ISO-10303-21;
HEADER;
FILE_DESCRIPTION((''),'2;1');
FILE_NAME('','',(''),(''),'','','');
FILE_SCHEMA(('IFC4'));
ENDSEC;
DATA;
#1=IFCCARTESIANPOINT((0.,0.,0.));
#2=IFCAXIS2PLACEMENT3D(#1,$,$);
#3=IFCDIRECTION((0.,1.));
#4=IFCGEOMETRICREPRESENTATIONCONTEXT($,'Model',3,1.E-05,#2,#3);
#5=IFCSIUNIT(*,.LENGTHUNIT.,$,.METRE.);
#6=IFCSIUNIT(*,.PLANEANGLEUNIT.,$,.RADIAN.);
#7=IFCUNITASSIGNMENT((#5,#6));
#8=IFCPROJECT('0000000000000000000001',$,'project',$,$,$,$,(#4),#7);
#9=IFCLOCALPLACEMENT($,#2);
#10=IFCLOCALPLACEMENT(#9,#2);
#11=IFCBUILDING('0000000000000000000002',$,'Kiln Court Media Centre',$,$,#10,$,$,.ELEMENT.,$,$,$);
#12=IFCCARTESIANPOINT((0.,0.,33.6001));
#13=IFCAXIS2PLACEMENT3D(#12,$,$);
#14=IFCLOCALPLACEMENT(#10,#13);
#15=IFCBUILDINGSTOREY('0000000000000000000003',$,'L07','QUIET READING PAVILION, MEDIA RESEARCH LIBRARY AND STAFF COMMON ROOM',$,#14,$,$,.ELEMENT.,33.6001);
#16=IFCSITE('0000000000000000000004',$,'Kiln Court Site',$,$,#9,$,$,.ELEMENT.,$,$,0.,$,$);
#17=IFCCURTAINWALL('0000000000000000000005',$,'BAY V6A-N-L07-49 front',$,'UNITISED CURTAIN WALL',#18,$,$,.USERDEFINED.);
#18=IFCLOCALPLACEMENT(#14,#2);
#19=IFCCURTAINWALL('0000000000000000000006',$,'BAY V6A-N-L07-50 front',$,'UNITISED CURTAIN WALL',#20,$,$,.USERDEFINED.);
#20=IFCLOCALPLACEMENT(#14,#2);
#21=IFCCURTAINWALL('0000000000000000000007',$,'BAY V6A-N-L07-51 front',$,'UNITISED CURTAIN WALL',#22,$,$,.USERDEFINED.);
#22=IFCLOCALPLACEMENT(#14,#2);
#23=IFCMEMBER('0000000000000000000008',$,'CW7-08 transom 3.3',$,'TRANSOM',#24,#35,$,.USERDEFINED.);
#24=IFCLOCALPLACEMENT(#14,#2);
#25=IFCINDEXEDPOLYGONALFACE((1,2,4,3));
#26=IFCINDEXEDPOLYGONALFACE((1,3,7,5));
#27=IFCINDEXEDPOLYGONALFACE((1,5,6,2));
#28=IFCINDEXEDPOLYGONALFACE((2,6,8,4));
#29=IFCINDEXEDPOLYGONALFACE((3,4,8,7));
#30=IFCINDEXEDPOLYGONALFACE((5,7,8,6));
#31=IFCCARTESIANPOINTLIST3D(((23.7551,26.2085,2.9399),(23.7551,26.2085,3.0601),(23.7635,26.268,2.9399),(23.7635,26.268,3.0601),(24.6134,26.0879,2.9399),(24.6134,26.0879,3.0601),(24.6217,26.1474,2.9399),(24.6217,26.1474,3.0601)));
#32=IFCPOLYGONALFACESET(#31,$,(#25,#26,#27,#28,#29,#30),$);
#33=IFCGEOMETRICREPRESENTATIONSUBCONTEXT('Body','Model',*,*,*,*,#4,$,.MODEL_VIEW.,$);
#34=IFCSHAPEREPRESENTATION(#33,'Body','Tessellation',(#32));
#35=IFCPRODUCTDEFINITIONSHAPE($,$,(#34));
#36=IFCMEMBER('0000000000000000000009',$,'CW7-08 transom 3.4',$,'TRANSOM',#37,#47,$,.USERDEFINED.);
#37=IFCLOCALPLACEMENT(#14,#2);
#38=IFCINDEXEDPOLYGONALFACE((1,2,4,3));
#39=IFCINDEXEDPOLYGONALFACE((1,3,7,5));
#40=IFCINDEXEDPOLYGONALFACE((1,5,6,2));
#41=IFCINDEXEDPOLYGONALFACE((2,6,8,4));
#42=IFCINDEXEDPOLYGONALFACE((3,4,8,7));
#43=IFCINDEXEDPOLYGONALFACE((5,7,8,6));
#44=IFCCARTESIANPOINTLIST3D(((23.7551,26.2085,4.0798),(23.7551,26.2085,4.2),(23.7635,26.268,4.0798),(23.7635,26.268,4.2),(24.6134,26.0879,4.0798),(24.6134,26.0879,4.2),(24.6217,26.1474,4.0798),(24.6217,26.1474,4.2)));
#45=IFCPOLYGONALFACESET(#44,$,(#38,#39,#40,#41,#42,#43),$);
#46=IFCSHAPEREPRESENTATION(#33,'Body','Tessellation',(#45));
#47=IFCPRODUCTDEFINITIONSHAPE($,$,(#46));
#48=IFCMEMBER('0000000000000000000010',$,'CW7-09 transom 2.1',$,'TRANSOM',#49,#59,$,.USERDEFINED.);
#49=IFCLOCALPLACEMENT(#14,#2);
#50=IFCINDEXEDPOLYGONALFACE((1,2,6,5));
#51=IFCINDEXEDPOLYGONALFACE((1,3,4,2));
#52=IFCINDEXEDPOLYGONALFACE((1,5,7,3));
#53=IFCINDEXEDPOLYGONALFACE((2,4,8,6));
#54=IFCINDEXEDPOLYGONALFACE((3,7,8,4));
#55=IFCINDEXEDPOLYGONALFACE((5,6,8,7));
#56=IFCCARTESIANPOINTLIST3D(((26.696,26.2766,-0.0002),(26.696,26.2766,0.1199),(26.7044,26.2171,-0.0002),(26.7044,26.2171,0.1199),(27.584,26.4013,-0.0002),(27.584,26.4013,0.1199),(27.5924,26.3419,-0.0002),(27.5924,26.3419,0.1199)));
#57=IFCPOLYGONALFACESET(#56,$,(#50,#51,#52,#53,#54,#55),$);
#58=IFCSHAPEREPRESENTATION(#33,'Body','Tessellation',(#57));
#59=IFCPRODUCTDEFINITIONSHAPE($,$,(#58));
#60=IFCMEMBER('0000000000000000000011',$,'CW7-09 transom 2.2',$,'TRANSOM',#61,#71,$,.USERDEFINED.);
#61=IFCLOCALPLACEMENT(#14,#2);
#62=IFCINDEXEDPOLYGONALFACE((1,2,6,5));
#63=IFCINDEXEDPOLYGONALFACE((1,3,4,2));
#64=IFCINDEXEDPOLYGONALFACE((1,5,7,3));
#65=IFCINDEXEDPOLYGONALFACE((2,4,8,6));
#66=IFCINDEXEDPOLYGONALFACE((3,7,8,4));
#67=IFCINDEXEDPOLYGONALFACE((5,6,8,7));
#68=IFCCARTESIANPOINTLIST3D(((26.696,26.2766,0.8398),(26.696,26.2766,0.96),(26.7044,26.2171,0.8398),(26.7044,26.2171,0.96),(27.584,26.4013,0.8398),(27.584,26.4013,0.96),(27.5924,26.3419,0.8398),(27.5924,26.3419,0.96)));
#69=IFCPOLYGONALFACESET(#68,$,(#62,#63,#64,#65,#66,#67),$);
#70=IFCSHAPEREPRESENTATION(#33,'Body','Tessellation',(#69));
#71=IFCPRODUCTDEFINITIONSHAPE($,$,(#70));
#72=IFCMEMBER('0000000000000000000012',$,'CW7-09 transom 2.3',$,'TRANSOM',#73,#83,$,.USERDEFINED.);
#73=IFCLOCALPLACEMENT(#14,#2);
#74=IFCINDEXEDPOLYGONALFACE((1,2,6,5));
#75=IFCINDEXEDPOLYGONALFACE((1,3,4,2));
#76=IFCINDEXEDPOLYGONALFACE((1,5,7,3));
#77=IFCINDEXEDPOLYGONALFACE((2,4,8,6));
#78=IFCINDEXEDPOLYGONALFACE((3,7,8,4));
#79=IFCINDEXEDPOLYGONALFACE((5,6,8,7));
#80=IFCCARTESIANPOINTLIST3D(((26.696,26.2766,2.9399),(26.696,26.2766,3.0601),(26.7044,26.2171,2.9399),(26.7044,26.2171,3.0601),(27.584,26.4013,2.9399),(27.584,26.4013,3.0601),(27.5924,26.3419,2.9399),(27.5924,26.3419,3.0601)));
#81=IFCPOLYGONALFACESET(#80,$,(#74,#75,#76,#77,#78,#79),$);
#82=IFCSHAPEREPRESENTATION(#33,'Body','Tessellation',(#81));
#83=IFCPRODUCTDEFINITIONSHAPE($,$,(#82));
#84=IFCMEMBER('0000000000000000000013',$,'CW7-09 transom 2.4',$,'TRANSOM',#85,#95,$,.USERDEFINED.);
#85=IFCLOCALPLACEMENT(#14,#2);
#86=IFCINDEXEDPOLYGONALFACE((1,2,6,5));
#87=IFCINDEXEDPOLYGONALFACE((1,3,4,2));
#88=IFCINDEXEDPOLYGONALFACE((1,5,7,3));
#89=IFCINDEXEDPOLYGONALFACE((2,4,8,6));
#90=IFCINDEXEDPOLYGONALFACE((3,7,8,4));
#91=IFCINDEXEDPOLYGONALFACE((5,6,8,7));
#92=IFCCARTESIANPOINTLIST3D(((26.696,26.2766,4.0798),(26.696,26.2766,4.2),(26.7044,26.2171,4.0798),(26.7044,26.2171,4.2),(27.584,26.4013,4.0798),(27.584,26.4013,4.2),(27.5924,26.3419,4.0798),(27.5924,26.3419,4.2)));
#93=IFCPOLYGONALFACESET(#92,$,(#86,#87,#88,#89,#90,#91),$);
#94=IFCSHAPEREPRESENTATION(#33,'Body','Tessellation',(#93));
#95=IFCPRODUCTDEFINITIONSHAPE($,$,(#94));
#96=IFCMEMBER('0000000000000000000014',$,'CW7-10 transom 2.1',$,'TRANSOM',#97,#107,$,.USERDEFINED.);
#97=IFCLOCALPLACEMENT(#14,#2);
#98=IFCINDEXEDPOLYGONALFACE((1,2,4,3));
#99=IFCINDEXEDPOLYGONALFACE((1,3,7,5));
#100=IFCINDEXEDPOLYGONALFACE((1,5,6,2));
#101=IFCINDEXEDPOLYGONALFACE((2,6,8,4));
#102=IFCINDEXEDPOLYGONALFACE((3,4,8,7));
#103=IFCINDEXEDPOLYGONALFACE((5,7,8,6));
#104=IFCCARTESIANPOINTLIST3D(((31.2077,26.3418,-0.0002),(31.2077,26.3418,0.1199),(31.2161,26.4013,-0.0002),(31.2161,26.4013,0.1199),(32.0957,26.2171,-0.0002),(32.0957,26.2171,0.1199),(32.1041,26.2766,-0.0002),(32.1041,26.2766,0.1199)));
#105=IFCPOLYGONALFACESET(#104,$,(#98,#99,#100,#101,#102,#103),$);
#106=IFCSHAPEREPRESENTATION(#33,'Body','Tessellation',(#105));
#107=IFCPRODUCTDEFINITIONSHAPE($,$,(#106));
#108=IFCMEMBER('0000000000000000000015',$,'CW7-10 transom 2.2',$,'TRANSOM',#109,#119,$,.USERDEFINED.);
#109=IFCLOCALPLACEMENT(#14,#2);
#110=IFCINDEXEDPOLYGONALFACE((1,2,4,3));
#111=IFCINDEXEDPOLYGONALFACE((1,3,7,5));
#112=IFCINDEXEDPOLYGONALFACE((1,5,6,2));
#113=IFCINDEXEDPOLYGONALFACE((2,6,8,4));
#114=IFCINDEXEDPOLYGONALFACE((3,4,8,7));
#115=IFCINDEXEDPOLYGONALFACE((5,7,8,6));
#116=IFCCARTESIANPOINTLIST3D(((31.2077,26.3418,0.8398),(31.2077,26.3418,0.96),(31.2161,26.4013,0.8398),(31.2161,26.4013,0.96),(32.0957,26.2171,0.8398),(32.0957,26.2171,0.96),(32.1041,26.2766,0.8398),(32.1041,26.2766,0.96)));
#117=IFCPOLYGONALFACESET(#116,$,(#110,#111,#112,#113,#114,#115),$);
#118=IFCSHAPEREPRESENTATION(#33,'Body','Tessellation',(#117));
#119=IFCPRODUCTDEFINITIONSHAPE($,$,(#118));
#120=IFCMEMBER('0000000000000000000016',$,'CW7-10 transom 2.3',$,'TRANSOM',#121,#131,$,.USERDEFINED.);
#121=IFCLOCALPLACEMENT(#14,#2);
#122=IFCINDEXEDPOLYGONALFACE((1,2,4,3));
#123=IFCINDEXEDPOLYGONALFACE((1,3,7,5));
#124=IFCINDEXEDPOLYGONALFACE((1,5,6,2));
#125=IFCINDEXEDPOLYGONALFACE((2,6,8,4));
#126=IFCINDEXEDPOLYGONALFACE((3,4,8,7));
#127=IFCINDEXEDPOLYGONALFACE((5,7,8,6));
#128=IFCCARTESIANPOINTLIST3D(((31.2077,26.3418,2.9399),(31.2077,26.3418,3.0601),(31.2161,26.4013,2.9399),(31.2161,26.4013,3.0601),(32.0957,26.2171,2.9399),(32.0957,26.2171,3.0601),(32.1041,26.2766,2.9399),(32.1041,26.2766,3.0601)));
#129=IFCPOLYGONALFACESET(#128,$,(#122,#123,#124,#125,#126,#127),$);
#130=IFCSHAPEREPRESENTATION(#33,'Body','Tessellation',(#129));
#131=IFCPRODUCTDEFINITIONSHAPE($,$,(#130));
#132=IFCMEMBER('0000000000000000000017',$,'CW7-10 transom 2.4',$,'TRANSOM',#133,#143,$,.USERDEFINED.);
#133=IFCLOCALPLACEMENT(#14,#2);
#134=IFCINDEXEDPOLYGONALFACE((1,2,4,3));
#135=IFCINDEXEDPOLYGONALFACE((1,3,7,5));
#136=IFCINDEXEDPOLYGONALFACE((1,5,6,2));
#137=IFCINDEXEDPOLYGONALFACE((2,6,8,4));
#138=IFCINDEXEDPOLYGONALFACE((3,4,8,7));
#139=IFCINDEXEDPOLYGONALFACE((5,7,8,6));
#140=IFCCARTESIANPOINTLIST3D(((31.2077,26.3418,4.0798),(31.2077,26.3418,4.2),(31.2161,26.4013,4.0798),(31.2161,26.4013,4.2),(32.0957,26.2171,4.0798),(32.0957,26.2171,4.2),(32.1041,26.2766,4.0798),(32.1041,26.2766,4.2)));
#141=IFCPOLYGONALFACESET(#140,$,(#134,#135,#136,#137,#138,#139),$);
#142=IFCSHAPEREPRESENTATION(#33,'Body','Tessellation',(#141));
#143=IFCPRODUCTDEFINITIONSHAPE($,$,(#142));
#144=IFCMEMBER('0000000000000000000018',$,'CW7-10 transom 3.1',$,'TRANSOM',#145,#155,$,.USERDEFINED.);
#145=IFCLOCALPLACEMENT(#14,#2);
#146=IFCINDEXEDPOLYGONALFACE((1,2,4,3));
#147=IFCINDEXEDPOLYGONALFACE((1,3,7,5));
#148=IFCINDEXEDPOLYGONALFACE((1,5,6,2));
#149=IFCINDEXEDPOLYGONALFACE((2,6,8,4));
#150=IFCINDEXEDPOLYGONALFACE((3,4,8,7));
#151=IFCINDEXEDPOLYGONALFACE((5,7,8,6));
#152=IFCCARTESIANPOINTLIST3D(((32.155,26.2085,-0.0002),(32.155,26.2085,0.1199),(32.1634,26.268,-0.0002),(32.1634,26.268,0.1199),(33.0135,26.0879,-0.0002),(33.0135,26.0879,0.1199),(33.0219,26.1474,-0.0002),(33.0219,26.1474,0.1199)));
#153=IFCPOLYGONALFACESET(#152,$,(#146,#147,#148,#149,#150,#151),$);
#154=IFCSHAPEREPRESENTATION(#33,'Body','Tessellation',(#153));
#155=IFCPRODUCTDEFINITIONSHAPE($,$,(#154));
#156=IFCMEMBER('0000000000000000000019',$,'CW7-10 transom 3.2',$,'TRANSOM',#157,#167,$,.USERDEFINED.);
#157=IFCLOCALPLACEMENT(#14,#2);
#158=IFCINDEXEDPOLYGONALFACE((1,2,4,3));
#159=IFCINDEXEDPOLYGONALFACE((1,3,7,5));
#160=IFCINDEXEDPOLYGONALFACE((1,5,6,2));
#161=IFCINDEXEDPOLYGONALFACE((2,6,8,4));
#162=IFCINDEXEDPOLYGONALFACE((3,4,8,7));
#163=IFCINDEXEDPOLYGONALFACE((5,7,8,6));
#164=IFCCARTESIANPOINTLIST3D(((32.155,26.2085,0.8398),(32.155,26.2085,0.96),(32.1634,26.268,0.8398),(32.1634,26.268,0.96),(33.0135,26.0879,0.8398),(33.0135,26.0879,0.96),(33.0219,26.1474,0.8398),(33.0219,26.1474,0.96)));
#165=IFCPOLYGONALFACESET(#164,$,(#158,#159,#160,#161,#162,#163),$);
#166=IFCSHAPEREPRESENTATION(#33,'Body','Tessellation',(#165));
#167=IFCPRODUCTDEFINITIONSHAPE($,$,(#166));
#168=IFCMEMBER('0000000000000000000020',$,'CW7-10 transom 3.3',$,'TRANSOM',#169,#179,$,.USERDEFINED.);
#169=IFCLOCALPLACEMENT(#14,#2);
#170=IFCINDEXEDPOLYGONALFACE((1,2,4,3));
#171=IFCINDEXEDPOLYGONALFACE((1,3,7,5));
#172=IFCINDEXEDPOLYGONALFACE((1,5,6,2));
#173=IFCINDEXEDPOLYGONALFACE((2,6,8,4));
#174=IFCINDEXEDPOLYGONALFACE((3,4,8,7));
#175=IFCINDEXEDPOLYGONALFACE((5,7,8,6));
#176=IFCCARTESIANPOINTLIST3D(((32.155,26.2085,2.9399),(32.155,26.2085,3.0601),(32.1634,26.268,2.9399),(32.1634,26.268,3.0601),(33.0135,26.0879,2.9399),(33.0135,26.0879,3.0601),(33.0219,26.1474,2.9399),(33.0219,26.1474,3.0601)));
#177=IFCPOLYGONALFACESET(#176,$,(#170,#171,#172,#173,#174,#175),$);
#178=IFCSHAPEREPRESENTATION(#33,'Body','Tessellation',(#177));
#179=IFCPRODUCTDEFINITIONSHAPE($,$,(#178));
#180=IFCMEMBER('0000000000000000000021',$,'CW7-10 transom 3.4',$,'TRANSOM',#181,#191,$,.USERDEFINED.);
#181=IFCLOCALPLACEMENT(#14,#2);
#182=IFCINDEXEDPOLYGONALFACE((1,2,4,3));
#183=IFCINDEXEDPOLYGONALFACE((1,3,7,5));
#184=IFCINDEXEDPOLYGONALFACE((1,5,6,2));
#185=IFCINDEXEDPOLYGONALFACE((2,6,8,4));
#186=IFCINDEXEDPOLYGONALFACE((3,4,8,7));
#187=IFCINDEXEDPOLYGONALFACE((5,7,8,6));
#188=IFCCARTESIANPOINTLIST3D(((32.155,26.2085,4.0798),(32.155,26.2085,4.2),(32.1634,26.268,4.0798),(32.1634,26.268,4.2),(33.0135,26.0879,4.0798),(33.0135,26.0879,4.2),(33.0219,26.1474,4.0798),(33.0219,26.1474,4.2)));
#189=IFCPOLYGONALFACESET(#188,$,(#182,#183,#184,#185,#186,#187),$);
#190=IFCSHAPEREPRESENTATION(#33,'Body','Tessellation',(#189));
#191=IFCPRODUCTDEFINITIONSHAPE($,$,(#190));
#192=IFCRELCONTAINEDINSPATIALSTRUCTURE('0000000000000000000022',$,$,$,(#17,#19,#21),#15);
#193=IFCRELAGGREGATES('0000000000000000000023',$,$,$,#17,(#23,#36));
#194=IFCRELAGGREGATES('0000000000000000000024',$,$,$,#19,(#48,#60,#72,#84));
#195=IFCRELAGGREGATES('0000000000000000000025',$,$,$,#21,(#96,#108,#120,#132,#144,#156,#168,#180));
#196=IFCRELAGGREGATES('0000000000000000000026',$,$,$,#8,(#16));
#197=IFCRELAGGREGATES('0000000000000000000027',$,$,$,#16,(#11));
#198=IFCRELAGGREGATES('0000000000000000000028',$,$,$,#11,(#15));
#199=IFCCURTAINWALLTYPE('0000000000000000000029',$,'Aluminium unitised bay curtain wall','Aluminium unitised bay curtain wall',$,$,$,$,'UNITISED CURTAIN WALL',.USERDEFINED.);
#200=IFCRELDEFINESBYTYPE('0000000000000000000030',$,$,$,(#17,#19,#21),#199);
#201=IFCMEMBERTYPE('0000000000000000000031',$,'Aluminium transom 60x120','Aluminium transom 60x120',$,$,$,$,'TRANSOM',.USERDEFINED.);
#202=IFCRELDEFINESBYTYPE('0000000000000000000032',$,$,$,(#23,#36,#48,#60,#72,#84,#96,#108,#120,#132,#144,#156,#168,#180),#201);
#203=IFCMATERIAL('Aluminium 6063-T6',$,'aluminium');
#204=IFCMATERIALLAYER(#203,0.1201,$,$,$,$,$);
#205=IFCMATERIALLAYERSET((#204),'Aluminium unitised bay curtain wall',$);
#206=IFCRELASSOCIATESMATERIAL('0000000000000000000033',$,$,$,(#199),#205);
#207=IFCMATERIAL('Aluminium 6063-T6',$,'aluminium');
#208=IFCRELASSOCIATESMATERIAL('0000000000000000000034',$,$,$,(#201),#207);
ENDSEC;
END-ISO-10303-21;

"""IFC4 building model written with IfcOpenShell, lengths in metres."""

from ifc_helpers import new_model, si_unit, direction, frame, origin, origin_2d, place, context, subcontext, project, spatial, rectangle, extrude, material, layer, layer_set, material_profile, profile_set, type_object, element, aggregate, save


model = new_model("IFC4")

# Units and contexts
model_context = context("Model", 3, precision=1e-05, world=origin(), true_north=direction((0.0, 1.0)))
body_context = subcontext(model_context, "Body", "Model", "MODEL_VIEW")
ifc_project = project(units=[si_unit("LENGTHUNIT", "METRE"), si_unit("PLANEANGLEUNIT", "RADIAN")], contexts=[model_context])

# Site, building, storey
site_placement = place(None, origin())
site = spatial("IfcSite", under=ifc_project, at=site_placement, Name="Kiln Court Site", CompositionType="ELEMENT", RefElevation=0.0)
building_placement = place(site_placement, origin())
building = spatial("IfcBuilding", under=site, at=building_placement, Name="Kiln Court Media Centre", CompositionType="ELEMENT")
storey_placement = place(building_placement, frame((0.0, 0.0, 33.6001)))
storey = spatial("IfcBuildingStorey", under=building, at=storey_placement, Name="L07", Description="QUIET READING PAVILION, MEDIA RESEARCH LIBRARY AND STAFF COMMON ROOM", CompositionType="ELEMENT", Elevation=33.6001)

# Shared definitions
ifc_material_1 = material(Name="Aluminium 6063-T6", Category="aluminium")
ifc_layer_1 = layer(ifc_material_1, 0.1201)
ifc_layer_set_1 = layer_set([ifc_layer_1], Name="Aluminium unitised bay curtain wall")
curtain_wall_type = type_object("IfcCurtainWallType", Name="Aluminium unitised bay curtain wall", Description="Aluminium unitised bay curtain wall", ElementType="UNITISED CURTAIN WALL", PredefinedType="USERDEFINED", material=ifc_layer_set_1)

# Curtain walls
curtain_wall_1_placement = place(storey_placement, origin())
curtain_wall_1 = element("IfcCurtainWall", 1, at=curtain_wall_1_placement, inside=storey, type_object=curtain_wall_type, Name="BAY V6A-N-L07-49 front", ObjectType="UNITISED CURTAIN WALL", PredefinedType="USERDEFINED")
curtain_wall_2_placement = place(storey_placement, origin())
curtain_wall_2 = element("IfcCurtainWall", 2, at=curtain_wall_2_placement, inside=storey, type_object=curtain_wall_type, Name="BAY V6A-N-L07-50 front", ObjectType="UNITISED CURTAIN WALL", PredefinedType="USERDEFINED")
curtain_wall_3_placement = place(storey_placement, origin())
curtain_wall_3 = element("IfcCurtainWall", 3, at=curtain_wall_3_placement, inside=storey, type_object=curtain_wall_type, Name="BAY V6A-N-L07-51 front", ObjectType="UNITISED CURTAIN WALL", PredefinedType="USERDEFINED")

# Members
ifc_material_2 = material(Name="Aluminium 6063-T6", Category="aluminium")
ifc_material_profile_1 = material_profile(ifc_material_2, rectangle(XDim=0.0601, YDim=0.1201, at=origin_2d()), Name="Aluminium transom 60x120")
ifc_profile_set_1 = profile_set([ifc_material_profile_1], Name="Aluminium 6063-T6")
member_type_1 = type_object("IfcMemberType", Name="Aluminium transom 60x120", Description="Aluminium transom 60x120", ElementType="TRANSOM", PredefinedType="USERDEFINED", material=ifc_profile_set_1)
member_1_placement = place(storey_placement, frame((23.7593, 26.2383, 3.0), z_axis=(0.990268, -0.139173, 0.0), x_axis=(0.139173, 0.990268, 0.0)))
member_1 = element("IfcMember", 4, at=member_1_placement, type_object=member_type_1, Name="CW7-08 transom 3.3", ObjectType="TRANSOM", PredefinedType="USERDEFINED", context=body_context, shape_type="SweptSolid", body=[
    extrude(rectangle(XDim=0.0601, YDim=0.1201, at=origin_2d()), origin(), (0.0, 0.0, 1.0), 0.8667),
])
member_2_placement = place(storey_placement, frame((23.7593, 26.2383, 4.1399), z_axis=(0.990268, -0.139173, 0.0), x_axis=(0.139173, 0.990268, 0.0)))
member_2 = element("IfcMember", 5, at=member_2_placement, type_object=member_type_1, Name="CW7-08 transom 3.4", ObjectType="TRANSOM", PredefinedType="USERDEFINED", context=body_context, shape_type="SweptSolid", body=[
    extrude(rectangle(XDim=0.0601, YDim=0.1201, at=origin_2d()), origin(), (0.0, 0.0, 1.0), 0.8667),
])
member_3_placement = place(storey_placement, frame((26.7002, 26.2468, 0.0598), z_axis=(0.990274, 0.139134, 0.0), x_axis=(-0.139134, 0.990274, 0.0)))
member_3 = element("IfcMember", 6, at=member_3_placement, type_object=member_type_1, Name="CW7-09 transom 2.1", ObjectType="TRANSOM", PredefinedType="USERDEFINED", context=body_context, shape_type="SweptSolid", body=[
    extrude(rectangle(XDim=0.0601, YDim=0.1201, at=origin_2d()), origin(), (0.0, 0.0, 1.0), 0.8967),
])
member_4_placement = place(storey_placement, frame((26.7002, 26.2468, 0.8999), z_axis=(0.990274, 0.139134, 0.0), x_axis=(-0.139134, 0.990274, 0.0)))
member_4 = element("IfcMember", 7, at=member_4_placement, type_object=member_type_1, Name="CW7-09 transom 2.2", ObjectType="TRANSOM", PredefinedType="USERDEFINED", context=body_context, shape_type="SweptSolid", body=[
    extrude(rectangle(XDim=0.0601, YDim=0.1201, at=origin_2d()), origin(), (0.0, 0.0, 1.0), 0.8967),
])
member_5_placement = place(storey_placement, frame((26.7002, 26.2468, 3.0), z_axis=(0.990274, 0.139134, 0.0), x_axis=(-0.139134, 0.990274, 0.0)))
member_5 = element("IfcMember", 8, at=member_5_placement, type_object=member_type_1, Name="CW7-09 transom 2.3", ObjectType="TRANSOM", PredefinedType="USERDEFINED", context=body_context, shape_type="SweptSolid", body=[
    extrude(rectangle(XDim=0.0601, YDim=0.1201, at=origin_2d()), origin(), (0.0, 0.0, 1.0), 0.8967),
])
member_6_placement = place(storey_placement, frame((26.7002, 26.2468, 4.1399), z_axis=(0.990274, 0.139134, 0.0), x_axis=(-0.139134, 0.990274, 0.0)))
member_6 = element("IfcMember", 9, at=member_6_placement, type_object=member_type_1, Name="CW7-09 transom 2.4", ObjectType="TRANSOM", PredefinedType="USERDEFINED", context=body_context, shape_type="SweptSolid", body=[
    extrude(rectangle(XDim=0.0601, YDim=0.1201, at=origin_2d()), origin(), (0.0, 0.0, 1.0), 0.8967),
])
member_7_placement = place(storey_placement, frame((31.2119, 26.3716, 0.0598), z_axis=(0.990274, -0.139134, 0.0), x_axis=(0.139134, 0.990274, 0.0)))
member_7 = element("IfcMember", 10, at=member_7_placement, type_object=member_type_1, Name="CW7-10 transom 2.1", ObjectType="TRANSOM", PredefinedType="USERDEFINED", context=body_context, shape_type="SweptSolid", body=[
    extrude(rectangle(XDim=0.0601, YDim=0.1201, at=origin_2d()), origin(), (0.0, 0.0, 1.0), 0.8967),
])
member_8_placement = place(storey_placement, frame((31.2119, 26.3716, 0.8999), z_axis=(0.990274, -0.139134, 0.0), x_axis=(0.139134, 0.990274, 0.0)))
member_8 = element("IfcMember", 11, at=member_8_placement, type_object=member_type_1, Name="CW7-10 transom 2.2", ObjectType="TRANSOM", PredefinedType="USERDEFINED", context=body_context, shape_type="SweptSolid", body=[
    extrude(rectangle(XDim=0.0601, YDim=0.1201, at=origin_2d()), origin(), (0.0, 0.0, 1.0), 0.8967),
])
member_9_placement = place(storey_placement, frame((31.2119, 26.3716, 3.0), z_axis=(0.990274, -0.139134, 0.0), x_axis=(0.139134, 0.990274, 0.0)))
member_9 = element("IfcMember", 12, at=member_9_placement, type_object=member_type_1, Name="CW7-10 transom 2.3", ObjectType="TRANSOM", PredefinedType="USERDEFINED", context=body_context, shape_type="SweptSolid", body=[
    extrude(rectangle(XDim=0.0601, YDim=0.1201, at=origin_2d()), origin(), (0.0, 0.0, 1.0), 0.8967),
])
member_10_placement = place(storey_placement, frame((31.2119, 26.3716, 4.1399), z_axis=(0.990274, -0.139134, 0.0), x_axis=(0.139134, 0.990274, 0.0)))
member_10 = element("IfcMember", 13, at=member_10_placement, type_object=member_type_1, Name="CW7-10 transom 2.4", ObjectType="TRANSOM", PredefinedType="USERDEFINED", context=body_context, shape_type="SweptSolid", body=[
    extrude(rectangle(XDim=0.0601, YDim=0.1201, at=origin_2d()), origin(), (0.0, 0.0, 1.0), 0.8967),
])
member_11_placement = place(storey_placement, frame((32.1592, 26.2383, 0.0598), z_axis=(0.990274, -0.139134, 0.0), x_axis=(0.139134, 0.990274, 0.0)))
member_11 = element("IfcMember", 14, at=member_11_placement, type_object=member_type_1, Name="CW7-10 transom 3.1", ObjectType="TRANSOM", PredefinedType="USERDEFINED", context=body_context, shape_type="SweptSolid", body=[
    extrude(rectangle(XDim=0.0601, YDim=0.1201, at=origin_2d()), origin(), (0.0, 0.0, 1.0), 0.8669),
])
member_12_placement = place(storey_placement, frame((32.1592, 26.2383, 0.8999), z_axis=(0.990274, -0.139134, 0.0), x_axis=(0.139134, 0.990274, 0.0)))
member_12 = element("IfcMember", 15, at=member_12_placement, type_object=member_type_1, Name="CW7-10 transom 3.2", ObjectType="TRANSOM", PredefinedType="USERDEFINED", context=body_context, shape_type="SweptSolid", body=[
    extrude(rectangle(XDim=0.0601, YDim=0.1201, at=origin_2d()), origin(), (0.0, 0.0, 1.0), 0.8669),
])
member_13_placement = place(storey_placement, frame((32.1592, 26.2383, 3.0), z_axis=(0.990274, -0.139134, 0.0), x_axis=(0.139134, 0.990274, 0.0)))
member_13 = element("IfcMember", 16, at=member_13_placement, type_object=member_type_1, Name="CW7-10 transom 3.3", ObjectType="TRANSOM", PredefinedType="USERDEFINED", context=body_context, shape_type="SweptSolid", body=[
    extrude(rectangle(XDim=0.0601, YDim=0.1201, at=origin_2d()), origin(), (0.0, 0.0, 1.0), 0.8669),
])
member_14_placement = place(storey_placement, frame((32.1592, 26.2383, 4.1399), z_axis=(0.990274, -0.139134, 0.0), x_axis=(0.139134, 0.990274, 0.0)))
member_14 = element("IfcMember", 17, at=member_14_placement, type_object=member_type_1, Name="CW7-10 transom 3.4", ObjectType="TRANSOM", PredefinedType="USERDEFINED", context=body_context, shape_type="SweptSolid", body=[
    extrude(rectangle(XDim=0.0601, YDim=0.1201, at=origin_2d()), origin(), (0.0, 0.0, 1.0), 0.8669),
])

aggregate(curtain_wall_1, [member_1, member_2])
aggregate(curtain_wall_2, [member_3, member_4, member_5, member_6])
aggregate(curtain_wall_3, [member_7, member_8, member_9, member_10, member_11, member_12, member_13, member_14])

save(model, "model.ifc")
